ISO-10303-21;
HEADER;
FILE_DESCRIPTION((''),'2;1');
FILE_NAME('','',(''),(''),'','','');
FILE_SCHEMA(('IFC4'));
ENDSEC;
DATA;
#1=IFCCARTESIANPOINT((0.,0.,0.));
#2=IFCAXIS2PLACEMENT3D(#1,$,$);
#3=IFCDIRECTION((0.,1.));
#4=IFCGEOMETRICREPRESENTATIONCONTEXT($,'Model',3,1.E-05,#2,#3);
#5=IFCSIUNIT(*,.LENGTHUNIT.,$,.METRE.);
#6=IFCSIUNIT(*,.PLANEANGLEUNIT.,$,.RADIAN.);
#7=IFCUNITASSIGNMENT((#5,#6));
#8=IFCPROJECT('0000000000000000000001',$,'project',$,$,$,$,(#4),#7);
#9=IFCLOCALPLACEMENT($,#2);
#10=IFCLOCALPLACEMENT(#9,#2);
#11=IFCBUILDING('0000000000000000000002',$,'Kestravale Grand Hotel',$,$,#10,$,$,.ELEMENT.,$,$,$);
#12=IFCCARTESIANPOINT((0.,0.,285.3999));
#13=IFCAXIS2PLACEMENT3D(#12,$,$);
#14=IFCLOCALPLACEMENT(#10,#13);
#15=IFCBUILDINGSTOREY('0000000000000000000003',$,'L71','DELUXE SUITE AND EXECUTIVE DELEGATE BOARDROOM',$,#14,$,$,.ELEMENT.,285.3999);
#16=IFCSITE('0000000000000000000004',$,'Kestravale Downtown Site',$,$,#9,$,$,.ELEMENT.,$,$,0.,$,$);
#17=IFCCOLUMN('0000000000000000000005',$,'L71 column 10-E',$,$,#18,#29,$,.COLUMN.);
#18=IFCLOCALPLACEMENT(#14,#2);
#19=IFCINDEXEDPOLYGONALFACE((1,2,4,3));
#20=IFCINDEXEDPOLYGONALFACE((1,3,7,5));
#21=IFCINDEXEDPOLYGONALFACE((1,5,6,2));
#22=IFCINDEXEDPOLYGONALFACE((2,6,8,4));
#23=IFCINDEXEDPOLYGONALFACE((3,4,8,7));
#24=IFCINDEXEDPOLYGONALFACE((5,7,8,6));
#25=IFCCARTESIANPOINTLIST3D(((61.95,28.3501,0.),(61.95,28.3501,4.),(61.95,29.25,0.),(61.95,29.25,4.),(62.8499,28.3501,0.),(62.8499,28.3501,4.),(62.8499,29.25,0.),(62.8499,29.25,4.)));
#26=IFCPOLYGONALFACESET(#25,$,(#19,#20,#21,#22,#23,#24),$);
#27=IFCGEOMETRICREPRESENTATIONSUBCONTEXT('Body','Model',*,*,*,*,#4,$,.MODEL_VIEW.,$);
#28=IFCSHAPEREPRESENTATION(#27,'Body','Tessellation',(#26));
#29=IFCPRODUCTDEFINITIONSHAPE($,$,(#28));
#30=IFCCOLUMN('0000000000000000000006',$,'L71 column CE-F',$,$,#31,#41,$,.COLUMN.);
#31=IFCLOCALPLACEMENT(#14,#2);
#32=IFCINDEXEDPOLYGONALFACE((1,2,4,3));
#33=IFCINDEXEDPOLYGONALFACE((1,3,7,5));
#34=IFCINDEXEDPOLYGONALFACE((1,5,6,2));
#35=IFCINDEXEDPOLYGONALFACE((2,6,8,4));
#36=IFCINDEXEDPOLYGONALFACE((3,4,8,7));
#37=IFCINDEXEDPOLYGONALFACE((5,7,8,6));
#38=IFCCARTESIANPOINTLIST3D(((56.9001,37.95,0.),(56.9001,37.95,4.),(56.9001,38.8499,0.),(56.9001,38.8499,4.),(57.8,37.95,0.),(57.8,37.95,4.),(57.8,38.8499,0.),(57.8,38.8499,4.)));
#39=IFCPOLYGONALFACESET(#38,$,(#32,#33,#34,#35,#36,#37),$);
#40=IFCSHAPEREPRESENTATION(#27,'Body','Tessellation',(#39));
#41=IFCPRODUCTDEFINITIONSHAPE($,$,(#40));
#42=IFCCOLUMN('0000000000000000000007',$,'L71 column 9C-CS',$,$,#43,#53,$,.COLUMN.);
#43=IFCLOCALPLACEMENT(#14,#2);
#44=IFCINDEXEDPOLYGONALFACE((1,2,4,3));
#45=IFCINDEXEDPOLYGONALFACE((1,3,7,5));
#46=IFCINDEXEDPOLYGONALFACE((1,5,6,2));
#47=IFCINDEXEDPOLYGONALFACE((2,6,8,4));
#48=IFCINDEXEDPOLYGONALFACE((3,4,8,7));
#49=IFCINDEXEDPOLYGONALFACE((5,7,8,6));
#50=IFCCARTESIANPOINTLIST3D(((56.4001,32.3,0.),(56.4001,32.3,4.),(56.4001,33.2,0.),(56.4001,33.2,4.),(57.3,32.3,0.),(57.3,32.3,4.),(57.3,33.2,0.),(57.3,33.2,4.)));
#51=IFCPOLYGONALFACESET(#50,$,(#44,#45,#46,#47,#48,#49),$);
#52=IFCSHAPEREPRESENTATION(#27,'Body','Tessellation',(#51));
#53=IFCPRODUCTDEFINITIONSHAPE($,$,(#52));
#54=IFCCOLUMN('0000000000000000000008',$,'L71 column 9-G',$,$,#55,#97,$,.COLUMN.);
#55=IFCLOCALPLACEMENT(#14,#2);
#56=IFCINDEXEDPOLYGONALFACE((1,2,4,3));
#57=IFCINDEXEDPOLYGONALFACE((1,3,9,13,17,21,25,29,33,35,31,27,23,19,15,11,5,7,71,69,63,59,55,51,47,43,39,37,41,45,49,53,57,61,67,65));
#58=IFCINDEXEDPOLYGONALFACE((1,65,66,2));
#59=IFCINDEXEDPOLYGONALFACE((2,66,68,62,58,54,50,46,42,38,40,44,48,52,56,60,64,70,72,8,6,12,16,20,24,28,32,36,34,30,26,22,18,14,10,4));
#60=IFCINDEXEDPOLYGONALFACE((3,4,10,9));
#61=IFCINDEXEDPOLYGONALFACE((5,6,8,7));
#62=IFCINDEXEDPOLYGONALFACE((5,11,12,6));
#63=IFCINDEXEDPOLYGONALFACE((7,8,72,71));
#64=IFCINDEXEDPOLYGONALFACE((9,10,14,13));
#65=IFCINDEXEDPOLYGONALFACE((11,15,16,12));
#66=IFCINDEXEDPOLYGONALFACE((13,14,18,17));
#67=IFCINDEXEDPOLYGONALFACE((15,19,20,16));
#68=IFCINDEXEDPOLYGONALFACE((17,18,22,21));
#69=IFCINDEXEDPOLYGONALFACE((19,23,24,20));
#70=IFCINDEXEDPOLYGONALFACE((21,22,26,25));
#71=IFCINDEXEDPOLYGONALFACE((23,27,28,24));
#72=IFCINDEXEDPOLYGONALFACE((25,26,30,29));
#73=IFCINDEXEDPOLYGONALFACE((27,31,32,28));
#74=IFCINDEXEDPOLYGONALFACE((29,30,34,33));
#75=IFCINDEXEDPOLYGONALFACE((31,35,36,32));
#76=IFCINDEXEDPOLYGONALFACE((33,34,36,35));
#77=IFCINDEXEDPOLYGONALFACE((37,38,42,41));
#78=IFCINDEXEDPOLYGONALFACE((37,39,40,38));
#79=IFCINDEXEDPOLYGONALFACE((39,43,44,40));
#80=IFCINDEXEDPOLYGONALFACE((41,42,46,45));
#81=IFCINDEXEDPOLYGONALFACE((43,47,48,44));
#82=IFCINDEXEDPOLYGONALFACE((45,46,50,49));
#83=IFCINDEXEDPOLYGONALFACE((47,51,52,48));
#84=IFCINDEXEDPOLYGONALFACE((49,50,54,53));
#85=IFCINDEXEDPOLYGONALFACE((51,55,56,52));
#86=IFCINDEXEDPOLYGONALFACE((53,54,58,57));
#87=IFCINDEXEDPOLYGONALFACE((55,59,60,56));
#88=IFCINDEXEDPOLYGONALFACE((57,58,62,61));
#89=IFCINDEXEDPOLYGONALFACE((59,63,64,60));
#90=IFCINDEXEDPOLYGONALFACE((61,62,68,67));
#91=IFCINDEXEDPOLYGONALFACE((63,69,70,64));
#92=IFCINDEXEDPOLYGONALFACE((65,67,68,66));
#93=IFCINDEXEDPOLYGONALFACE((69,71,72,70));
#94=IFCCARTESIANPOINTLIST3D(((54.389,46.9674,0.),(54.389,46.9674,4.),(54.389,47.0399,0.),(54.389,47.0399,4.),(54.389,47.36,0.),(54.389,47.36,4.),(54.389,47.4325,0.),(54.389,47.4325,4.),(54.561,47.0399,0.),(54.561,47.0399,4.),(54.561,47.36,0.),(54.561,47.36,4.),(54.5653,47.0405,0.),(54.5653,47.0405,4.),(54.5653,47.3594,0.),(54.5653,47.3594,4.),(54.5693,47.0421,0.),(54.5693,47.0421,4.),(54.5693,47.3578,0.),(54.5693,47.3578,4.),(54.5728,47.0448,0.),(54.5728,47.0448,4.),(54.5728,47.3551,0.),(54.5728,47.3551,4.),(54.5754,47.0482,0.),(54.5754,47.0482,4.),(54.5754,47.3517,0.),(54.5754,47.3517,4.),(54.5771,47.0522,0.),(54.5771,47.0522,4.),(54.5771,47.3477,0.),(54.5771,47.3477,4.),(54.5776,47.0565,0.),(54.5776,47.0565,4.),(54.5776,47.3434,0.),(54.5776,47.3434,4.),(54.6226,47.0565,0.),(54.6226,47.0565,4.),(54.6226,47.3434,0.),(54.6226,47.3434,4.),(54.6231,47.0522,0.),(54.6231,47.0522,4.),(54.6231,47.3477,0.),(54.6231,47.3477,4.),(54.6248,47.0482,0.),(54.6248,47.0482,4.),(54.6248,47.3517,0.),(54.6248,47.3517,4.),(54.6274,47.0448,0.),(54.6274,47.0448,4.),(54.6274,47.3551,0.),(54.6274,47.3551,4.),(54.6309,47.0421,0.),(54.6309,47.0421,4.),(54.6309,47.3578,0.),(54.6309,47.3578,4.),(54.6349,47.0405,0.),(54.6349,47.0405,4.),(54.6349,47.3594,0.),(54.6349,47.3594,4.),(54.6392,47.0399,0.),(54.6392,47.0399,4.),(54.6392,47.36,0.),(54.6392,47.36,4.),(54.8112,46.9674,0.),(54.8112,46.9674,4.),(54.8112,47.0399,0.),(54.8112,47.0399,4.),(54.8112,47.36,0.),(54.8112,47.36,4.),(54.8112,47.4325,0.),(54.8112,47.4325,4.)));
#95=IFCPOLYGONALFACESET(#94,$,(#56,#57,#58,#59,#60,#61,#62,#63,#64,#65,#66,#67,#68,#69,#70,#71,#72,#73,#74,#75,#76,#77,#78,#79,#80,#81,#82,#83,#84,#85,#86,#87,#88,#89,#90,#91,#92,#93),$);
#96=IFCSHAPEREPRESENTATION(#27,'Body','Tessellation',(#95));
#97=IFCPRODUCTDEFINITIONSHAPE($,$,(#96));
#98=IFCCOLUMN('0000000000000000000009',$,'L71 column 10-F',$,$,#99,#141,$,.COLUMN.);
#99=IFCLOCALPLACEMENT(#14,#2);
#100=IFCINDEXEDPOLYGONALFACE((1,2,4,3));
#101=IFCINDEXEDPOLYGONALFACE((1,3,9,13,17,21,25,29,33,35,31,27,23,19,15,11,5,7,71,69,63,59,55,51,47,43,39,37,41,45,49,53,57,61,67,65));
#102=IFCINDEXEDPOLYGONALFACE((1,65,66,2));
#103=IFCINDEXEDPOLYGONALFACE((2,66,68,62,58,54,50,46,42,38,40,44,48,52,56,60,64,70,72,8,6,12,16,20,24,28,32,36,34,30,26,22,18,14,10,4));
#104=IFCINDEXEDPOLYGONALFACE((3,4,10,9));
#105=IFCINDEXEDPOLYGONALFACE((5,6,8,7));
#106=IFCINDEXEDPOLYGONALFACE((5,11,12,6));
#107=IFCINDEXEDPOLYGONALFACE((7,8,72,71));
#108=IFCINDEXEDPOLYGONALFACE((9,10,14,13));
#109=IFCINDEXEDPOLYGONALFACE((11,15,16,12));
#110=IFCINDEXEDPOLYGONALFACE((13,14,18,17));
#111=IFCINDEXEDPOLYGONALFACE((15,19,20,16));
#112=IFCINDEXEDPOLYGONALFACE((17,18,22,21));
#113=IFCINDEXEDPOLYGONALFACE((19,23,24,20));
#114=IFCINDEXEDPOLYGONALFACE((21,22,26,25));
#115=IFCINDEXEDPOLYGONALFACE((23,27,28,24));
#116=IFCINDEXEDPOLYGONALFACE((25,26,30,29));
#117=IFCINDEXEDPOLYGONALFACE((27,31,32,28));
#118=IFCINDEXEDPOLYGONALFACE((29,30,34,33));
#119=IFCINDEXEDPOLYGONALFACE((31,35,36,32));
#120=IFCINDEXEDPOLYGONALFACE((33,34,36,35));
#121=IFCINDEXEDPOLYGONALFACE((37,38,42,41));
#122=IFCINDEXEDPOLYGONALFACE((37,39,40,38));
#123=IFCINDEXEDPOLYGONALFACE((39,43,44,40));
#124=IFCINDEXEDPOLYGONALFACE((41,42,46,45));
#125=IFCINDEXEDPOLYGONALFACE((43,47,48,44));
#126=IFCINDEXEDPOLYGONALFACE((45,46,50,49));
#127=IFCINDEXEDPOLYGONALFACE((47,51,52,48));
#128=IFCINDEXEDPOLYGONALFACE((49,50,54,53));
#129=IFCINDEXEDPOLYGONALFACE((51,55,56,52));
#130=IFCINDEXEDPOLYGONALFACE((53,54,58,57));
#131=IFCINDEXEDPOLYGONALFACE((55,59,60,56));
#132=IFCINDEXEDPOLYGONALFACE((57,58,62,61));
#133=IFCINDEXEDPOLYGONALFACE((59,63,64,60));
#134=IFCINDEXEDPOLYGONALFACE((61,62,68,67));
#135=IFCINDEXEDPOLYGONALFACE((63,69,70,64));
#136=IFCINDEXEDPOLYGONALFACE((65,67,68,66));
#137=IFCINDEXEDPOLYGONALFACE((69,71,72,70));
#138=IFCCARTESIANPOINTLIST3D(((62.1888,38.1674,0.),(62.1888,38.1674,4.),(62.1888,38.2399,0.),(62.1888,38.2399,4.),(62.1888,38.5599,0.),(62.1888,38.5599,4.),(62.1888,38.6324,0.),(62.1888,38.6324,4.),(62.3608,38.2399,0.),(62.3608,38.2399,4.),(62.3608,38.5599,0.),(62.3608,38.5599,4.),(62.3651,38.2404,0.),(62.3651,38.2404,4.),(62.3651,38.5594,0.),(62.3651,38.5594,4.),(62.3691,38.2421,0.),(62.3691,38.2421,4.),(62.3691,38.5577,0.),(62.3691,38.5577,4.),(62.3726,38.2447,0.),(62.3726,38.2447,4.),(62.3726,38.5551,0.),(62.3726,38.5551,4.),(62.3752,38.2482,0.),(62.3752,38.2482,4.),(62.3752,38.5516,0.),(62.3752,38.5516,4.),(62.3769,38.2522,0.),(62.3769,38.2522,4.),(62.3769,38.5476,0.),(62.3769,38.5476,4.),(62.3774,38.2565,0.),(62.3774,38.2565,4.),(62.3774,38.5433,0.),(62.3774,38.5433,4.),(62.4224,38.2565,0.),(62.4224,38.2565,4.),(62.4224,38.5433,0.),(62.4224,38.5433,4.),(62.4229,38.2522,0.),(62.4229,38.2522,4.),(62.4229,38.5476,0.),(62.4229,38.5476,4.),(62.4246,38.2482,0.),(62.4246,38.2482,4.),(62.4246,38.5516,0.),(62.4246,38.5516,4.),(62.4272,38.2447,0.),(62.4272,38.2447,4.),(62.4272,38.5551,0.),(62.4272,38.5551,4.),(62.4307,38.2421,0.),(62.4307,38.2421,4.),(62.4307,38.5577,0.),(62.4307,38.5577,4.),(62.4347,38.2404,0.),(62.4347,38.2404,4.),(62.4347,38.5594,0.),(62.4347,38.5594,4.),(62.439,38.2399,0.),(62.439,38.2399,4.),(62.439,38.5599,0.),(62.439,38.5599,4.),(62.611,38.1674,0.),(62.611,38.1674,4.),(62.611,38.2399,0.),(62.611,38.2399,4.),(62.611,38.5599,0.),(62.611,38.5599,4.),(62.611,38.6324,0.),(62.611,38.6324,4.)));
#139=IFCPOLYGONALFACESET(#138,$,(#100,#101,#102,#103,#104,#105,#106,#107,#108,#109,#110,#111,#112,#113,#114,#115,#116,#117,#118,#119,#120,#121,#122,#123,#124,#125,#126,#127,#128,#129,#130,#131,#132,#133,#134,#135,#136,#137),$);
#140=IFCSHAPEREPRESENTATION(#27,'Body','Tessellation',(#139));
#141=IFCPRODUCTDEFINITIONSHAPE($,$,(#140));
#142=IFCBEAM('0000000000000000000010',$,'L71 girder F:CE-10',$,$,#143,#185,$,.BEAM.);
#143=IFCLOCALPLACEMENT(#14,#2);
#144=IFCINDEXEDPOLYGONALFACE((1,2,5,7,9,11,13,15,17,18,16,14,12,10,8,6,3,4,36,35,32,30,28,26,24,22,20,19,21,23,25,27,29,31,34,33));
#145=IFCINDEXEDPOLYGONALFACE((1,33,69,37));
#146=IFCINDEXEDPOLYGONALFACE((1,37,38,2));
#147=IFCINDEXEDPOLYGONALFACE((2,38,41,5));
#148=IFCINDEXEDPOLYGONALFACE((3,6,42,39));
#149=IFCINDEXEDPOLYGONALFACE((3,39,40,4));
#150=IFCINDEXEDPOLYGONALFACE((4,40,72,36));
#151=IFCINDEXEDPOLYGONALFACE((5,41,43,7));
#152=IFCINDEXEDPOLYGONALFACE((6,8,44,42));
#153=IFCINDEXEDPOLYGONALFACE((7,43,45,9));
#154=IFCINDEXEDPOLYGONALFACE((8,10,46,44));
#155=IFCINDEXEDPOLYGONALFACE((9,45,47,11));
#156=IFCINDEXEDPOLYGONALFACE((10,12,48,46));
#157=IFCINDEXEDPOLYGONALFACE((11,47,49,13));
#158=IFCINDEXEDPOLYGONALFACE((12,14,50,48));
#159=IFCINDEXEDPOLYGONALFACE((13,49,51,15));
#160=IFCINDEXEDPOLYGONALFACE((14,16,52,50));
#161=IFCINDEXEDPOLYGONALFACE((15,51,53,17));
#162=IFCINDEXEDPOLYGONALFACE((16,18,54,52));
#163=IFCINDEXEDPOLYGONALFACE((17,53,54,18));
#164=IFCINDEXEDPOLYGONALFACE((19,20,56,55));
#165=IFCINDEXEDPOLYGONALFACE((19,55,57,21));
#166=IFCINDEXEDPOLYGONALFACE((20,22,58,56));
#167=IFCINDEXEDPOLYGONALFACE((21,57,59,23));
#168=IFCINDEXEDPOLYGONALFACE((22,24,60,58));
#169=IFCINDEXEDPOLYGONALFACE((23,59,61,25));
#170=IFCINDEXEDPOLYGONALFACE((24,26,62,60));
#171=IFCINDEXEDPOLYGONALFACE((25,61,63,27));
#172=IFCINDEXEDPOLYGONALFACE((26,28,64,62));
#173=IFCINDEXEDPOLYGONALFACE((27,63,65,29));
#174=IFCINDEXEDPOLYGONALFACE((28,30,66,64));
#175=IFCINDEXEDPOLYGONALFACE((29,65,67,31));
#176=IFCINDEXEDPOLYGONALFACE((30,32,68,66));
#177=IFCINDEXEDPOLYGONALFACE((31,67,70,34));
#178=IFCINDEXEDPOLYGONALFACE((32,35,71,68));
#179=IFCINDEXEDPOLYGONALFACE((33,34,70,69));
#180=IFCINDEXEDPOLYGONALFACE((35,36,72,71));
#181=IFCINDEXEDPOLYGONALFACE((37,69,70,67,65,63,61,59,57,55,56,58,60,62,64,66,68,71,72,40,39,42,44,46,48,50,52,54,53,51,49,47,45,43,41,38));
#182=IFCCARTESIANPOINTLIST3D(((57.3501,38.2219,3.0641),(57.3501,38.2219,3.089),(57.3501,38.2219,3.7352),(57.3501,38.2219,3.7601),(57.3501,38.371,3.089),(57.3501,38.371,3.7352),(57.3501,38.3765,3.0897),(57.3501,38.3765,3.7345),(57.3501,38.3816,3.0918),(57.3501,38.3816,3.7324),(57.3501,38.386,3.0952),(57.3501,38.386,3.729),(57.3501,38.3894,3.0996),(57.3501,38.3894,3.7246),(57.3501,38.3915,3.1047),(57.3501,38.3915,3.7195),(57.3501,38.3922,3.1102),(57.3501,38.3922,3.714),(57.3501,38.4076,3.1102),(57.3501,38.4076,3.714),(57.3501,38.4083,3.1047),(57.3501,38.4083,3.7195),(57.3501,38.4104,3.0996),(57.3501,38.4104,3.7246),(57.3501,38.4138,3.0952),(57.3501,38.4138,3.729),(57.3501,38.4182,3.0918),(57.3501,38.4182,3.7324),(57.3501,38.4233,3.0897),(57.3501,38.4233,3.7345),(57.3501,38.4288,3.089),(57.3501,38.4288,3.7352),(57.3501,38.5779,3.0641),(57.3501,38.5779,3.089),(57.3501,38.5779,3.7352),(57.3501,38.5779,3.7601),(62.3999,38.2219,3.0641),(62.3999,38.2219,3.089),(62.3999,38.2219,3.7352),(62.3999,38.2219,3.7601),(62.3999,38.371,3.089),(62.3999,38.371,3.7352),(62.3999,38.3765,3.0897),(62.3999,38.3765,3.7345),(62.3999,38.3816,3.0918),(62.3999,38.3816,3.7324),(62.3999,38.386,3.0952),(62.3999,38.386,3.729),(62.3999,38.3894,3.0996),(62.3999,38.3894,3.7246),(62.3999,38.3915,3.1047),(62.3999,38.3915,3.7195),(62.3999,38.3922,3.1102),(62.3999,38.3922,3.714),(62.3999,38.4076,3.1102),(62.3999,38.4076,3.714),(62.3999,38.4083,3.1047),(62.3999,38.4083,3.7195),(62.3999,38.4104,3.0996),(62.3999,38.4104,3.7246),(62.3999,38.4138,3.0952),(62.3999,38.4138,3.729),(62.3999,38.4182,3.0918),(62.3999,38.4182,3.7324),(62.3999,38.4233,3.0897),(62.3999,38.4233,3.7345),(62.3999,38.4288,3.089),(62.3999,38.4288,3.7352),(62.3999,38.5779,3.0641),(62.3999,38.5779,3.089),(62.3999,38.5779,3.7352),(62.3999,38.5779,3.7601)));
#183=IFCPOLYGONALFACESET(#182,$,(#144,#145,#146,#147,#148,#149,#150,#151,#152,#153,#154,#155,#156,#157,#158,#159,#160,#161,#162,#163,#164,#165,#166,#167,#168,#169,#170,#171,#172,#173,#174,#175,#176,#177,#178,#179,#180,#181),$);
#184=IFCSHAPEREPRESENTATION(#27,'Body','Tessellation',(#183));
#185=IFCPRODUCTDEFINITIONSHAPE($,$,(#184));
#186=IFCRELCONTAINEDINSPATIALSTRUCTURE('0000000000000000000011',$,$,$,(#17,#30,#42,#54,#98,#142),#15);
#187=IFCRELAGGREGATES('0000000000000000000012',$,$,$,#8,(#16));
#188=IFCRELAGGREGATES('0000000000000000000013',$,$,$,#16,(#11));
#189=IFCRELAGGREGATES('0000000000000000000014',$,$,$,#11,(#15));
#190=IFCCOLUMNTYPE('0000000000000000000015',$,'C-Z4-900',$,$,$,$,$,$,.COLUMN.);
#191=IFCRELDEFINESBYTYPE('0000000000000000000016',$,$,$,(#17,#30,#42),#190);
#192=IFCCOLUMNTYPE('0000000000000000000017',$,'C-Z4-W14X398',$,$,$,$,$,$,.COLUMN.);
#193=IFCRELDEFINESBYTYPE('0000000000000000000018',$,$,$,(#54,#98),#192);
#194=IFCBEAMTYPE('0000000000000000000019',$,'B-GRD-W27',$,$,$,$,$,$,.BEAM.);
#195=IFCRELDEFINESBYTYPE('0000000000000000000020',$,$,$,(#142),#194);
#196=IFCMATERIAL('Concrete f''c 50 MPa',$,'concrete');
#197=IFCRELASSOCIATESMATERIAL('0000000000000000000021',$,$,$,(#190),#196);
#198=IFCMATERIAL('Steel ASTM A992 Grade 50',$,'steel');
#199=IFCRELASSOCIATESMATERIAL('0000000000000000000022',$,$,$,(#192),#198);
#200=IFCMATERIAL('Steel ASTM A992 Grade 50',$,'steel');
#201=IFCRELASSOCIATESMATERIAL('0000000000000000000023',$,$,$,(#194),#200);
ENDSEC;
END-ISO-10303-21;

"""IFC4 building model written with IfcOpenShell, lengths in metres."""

from ifc_helpers import new_model, si_unit, direction, frame, origin, origin_2d, place, context, subcontext, project, spatial, rectangle, i_section, extrude, material, material_profile, profile_set, type_object, element, save


model = new_model("IFC4")

# Units and contexts
model_context = context("Model", 3, precision=1e-05, world=origin(), true_north=direction((0.0, 1.0)))
body_context = subcontext(model_context, "Body", "Model", "MODEL_VIEW")
ifc_project = project(units=[si_unit("LENGTHUNIT", "METRE"), si_unit("PLANEANGLEUNIT", "RADIAN")], contexts=[model_context])

# Site, building, storey
site_placement = place(None, origin())
site = spatial("IfcSite", under=ifc_project, at=site_placement, Name="Kestravale Downtown Site", CompositionType="ELEMENT", RefElevation=0.0)
building_placement = place(site_placement, origin())
building = spatial("IfcBuilding", under=site, at=building_placement, Name="Kestravale Grand Hotel", CompositionType="ELEMENT")
storey_placement = place(building_placement, frame((0.0, 0.0, 285.3999)))
storey = spatial("IfcBuildingStorey", under=building, at=storey_placement, Name="L71", Description="DELUXE SUITE AND EXECUTIVE DELEGATE BOARDROOM", CompositionType="ELEMENT", Elevation=285.3999)

# Columns
ifc_material_1 = material(Name="Concrete f'c 50 MPa", Category="concrete")
ifc_material_profile_1 = material_profile(ifc_material_1, rectangle(XDim=0.8999, YDim=0.8999, at=origin_2d()))
ifc_profile_set_1 = profile_set([ifc_material_profile_1], Name="Concrete f'c 50 MPa")
column_type_1 = type_object("IfcColumnType", Name="C-Z4-900", PredefinedType="COLUMN", material=ifc_profile_set_1)
for number, where, z_axis, x_axis, name in (
    (1, (62.3999, 28.8, 0.0), (0.0, 0.0, 1.0), (1.0, 0.0, 0.0), "L71 column 10-E"),
    (2, (57.3501, 38.3999, 0.0), (0.0, 0.0, 1.0), (1.0, 0.0, 0.0), "L71 column CE-F"),
    (3, (56.8501, 32.75, 0.0), (0.0, 0.0, 1.0), (1.0, 0.0, 0.0), "L71 column 9C-CS"),
):
    element("IfcColumn", number, at=place(storey_placement, frame(where, z_axis=z_axis, x_axis=x_axis)), inside=storey, type_object=column_type_1, Name=name, PredefinedType="COLUMN", context=body_context, shape_type="SweptSolid", body=[
        extrude(rectangle(XDim=0.8999, YDim=0.8999, at=origin_2d()), origin(), (0.0, 0.0, 1.0), 4.0),
    ])
ifc_material_2 = material(Name="Steel ASTM A992 Grade 50", Category="steel")
ifc_material_profile_2 = material_profile(ifc_material_2, i_section(OverallWidth=0.4221, OverallDepth=0.4651, WebThickness=0.0449, FlangeThickness=0.0725, FilletRadius=0.0166, at=origin_2d()))
ifc_profile_set_2 = profile_set([ifc_material_profile_2], Name="Steel ASTM A992 Grade 50")
column_type_2 = type_object("IfcColumnType", Name="C-Z4-W14X398", PredefinedType="COLUMN", material=ifc_profile_set_2)
for number, where, z_axis, x_axis, name in (
    (4, (54.6001, 47.2, 0.0), (0.0, 0.0, 1.0), (1.0, 0.0, 0.0), "L71 column 9-G"),
    (5, (62.3999, 38.3999, 0.0), (0.0, 0.0, 1.0), (1.0, 0.0, 0.0), "L71 column 10-F"),
):
    element("IfcColumn", number, at=place(storey_placement, frame(where, z_axis=z_axis, x_axis=x_axis)), inside=storey, type_object=column_type_2, Name=name, PredefinedType="COLUMN", context=body_context, shape_type="SweptSolid", body=[
        extrude(i_section(OverallWidth=0.4221, OverallDepth=0.4651, WebThickness=0.0449, FlangeThickness=0.0725, FilletRadius=0.0166, at=origin_2d()), origin(), (0.0, 0.0, 1.0), 4.0),
    ])

# Beam
ifc_material_3 = material(Name="Steel ASTM A992 Grade 50", Category="steel")
ifc_material_profile_3 = material_profile(ifc_material_3, i_section(OverallWidth=0.356, OverallDepth=0.696, WebThickness=0.0154, FlangeThickness=0.0249, FilletRadius=0.0212, at=origin_2d()))
ifc_profile_set_3 = profile_set([ifc_material_profile_3], Name="Steel ASTM A992 Grade 50")
beam_type = type_object("IfcBeamType", Name="B-GRD-W27", PredefinedType="BEAM", material=ifc_profile_set_3)
beam_1_placement = place(storey_placement, frame((57.3501, 38.3999, 3.4121), z_axis=(1.0, 0.0, 0.0), x_axis=(0.0, 1.0, 0.0)))
element("IfcBeam", 6, at=beam_1_placement, inside=storey, type_object=beam_type, Name="L71 girder F:CE-10", PredefinedType="BEAM", context=body_context, shape_type="SweptSolid", body=[
    extrude(i_section(OverallWidth=0.356, OverallDepth=0.696, WebThickness=0.0154, FlangeThickness=0.0249, FilletRadius=0.0212, at=origin_2d()), origin(), (0.0, 0.0, 1.0), 5.0498),
])

save(model, "model.ifc")
